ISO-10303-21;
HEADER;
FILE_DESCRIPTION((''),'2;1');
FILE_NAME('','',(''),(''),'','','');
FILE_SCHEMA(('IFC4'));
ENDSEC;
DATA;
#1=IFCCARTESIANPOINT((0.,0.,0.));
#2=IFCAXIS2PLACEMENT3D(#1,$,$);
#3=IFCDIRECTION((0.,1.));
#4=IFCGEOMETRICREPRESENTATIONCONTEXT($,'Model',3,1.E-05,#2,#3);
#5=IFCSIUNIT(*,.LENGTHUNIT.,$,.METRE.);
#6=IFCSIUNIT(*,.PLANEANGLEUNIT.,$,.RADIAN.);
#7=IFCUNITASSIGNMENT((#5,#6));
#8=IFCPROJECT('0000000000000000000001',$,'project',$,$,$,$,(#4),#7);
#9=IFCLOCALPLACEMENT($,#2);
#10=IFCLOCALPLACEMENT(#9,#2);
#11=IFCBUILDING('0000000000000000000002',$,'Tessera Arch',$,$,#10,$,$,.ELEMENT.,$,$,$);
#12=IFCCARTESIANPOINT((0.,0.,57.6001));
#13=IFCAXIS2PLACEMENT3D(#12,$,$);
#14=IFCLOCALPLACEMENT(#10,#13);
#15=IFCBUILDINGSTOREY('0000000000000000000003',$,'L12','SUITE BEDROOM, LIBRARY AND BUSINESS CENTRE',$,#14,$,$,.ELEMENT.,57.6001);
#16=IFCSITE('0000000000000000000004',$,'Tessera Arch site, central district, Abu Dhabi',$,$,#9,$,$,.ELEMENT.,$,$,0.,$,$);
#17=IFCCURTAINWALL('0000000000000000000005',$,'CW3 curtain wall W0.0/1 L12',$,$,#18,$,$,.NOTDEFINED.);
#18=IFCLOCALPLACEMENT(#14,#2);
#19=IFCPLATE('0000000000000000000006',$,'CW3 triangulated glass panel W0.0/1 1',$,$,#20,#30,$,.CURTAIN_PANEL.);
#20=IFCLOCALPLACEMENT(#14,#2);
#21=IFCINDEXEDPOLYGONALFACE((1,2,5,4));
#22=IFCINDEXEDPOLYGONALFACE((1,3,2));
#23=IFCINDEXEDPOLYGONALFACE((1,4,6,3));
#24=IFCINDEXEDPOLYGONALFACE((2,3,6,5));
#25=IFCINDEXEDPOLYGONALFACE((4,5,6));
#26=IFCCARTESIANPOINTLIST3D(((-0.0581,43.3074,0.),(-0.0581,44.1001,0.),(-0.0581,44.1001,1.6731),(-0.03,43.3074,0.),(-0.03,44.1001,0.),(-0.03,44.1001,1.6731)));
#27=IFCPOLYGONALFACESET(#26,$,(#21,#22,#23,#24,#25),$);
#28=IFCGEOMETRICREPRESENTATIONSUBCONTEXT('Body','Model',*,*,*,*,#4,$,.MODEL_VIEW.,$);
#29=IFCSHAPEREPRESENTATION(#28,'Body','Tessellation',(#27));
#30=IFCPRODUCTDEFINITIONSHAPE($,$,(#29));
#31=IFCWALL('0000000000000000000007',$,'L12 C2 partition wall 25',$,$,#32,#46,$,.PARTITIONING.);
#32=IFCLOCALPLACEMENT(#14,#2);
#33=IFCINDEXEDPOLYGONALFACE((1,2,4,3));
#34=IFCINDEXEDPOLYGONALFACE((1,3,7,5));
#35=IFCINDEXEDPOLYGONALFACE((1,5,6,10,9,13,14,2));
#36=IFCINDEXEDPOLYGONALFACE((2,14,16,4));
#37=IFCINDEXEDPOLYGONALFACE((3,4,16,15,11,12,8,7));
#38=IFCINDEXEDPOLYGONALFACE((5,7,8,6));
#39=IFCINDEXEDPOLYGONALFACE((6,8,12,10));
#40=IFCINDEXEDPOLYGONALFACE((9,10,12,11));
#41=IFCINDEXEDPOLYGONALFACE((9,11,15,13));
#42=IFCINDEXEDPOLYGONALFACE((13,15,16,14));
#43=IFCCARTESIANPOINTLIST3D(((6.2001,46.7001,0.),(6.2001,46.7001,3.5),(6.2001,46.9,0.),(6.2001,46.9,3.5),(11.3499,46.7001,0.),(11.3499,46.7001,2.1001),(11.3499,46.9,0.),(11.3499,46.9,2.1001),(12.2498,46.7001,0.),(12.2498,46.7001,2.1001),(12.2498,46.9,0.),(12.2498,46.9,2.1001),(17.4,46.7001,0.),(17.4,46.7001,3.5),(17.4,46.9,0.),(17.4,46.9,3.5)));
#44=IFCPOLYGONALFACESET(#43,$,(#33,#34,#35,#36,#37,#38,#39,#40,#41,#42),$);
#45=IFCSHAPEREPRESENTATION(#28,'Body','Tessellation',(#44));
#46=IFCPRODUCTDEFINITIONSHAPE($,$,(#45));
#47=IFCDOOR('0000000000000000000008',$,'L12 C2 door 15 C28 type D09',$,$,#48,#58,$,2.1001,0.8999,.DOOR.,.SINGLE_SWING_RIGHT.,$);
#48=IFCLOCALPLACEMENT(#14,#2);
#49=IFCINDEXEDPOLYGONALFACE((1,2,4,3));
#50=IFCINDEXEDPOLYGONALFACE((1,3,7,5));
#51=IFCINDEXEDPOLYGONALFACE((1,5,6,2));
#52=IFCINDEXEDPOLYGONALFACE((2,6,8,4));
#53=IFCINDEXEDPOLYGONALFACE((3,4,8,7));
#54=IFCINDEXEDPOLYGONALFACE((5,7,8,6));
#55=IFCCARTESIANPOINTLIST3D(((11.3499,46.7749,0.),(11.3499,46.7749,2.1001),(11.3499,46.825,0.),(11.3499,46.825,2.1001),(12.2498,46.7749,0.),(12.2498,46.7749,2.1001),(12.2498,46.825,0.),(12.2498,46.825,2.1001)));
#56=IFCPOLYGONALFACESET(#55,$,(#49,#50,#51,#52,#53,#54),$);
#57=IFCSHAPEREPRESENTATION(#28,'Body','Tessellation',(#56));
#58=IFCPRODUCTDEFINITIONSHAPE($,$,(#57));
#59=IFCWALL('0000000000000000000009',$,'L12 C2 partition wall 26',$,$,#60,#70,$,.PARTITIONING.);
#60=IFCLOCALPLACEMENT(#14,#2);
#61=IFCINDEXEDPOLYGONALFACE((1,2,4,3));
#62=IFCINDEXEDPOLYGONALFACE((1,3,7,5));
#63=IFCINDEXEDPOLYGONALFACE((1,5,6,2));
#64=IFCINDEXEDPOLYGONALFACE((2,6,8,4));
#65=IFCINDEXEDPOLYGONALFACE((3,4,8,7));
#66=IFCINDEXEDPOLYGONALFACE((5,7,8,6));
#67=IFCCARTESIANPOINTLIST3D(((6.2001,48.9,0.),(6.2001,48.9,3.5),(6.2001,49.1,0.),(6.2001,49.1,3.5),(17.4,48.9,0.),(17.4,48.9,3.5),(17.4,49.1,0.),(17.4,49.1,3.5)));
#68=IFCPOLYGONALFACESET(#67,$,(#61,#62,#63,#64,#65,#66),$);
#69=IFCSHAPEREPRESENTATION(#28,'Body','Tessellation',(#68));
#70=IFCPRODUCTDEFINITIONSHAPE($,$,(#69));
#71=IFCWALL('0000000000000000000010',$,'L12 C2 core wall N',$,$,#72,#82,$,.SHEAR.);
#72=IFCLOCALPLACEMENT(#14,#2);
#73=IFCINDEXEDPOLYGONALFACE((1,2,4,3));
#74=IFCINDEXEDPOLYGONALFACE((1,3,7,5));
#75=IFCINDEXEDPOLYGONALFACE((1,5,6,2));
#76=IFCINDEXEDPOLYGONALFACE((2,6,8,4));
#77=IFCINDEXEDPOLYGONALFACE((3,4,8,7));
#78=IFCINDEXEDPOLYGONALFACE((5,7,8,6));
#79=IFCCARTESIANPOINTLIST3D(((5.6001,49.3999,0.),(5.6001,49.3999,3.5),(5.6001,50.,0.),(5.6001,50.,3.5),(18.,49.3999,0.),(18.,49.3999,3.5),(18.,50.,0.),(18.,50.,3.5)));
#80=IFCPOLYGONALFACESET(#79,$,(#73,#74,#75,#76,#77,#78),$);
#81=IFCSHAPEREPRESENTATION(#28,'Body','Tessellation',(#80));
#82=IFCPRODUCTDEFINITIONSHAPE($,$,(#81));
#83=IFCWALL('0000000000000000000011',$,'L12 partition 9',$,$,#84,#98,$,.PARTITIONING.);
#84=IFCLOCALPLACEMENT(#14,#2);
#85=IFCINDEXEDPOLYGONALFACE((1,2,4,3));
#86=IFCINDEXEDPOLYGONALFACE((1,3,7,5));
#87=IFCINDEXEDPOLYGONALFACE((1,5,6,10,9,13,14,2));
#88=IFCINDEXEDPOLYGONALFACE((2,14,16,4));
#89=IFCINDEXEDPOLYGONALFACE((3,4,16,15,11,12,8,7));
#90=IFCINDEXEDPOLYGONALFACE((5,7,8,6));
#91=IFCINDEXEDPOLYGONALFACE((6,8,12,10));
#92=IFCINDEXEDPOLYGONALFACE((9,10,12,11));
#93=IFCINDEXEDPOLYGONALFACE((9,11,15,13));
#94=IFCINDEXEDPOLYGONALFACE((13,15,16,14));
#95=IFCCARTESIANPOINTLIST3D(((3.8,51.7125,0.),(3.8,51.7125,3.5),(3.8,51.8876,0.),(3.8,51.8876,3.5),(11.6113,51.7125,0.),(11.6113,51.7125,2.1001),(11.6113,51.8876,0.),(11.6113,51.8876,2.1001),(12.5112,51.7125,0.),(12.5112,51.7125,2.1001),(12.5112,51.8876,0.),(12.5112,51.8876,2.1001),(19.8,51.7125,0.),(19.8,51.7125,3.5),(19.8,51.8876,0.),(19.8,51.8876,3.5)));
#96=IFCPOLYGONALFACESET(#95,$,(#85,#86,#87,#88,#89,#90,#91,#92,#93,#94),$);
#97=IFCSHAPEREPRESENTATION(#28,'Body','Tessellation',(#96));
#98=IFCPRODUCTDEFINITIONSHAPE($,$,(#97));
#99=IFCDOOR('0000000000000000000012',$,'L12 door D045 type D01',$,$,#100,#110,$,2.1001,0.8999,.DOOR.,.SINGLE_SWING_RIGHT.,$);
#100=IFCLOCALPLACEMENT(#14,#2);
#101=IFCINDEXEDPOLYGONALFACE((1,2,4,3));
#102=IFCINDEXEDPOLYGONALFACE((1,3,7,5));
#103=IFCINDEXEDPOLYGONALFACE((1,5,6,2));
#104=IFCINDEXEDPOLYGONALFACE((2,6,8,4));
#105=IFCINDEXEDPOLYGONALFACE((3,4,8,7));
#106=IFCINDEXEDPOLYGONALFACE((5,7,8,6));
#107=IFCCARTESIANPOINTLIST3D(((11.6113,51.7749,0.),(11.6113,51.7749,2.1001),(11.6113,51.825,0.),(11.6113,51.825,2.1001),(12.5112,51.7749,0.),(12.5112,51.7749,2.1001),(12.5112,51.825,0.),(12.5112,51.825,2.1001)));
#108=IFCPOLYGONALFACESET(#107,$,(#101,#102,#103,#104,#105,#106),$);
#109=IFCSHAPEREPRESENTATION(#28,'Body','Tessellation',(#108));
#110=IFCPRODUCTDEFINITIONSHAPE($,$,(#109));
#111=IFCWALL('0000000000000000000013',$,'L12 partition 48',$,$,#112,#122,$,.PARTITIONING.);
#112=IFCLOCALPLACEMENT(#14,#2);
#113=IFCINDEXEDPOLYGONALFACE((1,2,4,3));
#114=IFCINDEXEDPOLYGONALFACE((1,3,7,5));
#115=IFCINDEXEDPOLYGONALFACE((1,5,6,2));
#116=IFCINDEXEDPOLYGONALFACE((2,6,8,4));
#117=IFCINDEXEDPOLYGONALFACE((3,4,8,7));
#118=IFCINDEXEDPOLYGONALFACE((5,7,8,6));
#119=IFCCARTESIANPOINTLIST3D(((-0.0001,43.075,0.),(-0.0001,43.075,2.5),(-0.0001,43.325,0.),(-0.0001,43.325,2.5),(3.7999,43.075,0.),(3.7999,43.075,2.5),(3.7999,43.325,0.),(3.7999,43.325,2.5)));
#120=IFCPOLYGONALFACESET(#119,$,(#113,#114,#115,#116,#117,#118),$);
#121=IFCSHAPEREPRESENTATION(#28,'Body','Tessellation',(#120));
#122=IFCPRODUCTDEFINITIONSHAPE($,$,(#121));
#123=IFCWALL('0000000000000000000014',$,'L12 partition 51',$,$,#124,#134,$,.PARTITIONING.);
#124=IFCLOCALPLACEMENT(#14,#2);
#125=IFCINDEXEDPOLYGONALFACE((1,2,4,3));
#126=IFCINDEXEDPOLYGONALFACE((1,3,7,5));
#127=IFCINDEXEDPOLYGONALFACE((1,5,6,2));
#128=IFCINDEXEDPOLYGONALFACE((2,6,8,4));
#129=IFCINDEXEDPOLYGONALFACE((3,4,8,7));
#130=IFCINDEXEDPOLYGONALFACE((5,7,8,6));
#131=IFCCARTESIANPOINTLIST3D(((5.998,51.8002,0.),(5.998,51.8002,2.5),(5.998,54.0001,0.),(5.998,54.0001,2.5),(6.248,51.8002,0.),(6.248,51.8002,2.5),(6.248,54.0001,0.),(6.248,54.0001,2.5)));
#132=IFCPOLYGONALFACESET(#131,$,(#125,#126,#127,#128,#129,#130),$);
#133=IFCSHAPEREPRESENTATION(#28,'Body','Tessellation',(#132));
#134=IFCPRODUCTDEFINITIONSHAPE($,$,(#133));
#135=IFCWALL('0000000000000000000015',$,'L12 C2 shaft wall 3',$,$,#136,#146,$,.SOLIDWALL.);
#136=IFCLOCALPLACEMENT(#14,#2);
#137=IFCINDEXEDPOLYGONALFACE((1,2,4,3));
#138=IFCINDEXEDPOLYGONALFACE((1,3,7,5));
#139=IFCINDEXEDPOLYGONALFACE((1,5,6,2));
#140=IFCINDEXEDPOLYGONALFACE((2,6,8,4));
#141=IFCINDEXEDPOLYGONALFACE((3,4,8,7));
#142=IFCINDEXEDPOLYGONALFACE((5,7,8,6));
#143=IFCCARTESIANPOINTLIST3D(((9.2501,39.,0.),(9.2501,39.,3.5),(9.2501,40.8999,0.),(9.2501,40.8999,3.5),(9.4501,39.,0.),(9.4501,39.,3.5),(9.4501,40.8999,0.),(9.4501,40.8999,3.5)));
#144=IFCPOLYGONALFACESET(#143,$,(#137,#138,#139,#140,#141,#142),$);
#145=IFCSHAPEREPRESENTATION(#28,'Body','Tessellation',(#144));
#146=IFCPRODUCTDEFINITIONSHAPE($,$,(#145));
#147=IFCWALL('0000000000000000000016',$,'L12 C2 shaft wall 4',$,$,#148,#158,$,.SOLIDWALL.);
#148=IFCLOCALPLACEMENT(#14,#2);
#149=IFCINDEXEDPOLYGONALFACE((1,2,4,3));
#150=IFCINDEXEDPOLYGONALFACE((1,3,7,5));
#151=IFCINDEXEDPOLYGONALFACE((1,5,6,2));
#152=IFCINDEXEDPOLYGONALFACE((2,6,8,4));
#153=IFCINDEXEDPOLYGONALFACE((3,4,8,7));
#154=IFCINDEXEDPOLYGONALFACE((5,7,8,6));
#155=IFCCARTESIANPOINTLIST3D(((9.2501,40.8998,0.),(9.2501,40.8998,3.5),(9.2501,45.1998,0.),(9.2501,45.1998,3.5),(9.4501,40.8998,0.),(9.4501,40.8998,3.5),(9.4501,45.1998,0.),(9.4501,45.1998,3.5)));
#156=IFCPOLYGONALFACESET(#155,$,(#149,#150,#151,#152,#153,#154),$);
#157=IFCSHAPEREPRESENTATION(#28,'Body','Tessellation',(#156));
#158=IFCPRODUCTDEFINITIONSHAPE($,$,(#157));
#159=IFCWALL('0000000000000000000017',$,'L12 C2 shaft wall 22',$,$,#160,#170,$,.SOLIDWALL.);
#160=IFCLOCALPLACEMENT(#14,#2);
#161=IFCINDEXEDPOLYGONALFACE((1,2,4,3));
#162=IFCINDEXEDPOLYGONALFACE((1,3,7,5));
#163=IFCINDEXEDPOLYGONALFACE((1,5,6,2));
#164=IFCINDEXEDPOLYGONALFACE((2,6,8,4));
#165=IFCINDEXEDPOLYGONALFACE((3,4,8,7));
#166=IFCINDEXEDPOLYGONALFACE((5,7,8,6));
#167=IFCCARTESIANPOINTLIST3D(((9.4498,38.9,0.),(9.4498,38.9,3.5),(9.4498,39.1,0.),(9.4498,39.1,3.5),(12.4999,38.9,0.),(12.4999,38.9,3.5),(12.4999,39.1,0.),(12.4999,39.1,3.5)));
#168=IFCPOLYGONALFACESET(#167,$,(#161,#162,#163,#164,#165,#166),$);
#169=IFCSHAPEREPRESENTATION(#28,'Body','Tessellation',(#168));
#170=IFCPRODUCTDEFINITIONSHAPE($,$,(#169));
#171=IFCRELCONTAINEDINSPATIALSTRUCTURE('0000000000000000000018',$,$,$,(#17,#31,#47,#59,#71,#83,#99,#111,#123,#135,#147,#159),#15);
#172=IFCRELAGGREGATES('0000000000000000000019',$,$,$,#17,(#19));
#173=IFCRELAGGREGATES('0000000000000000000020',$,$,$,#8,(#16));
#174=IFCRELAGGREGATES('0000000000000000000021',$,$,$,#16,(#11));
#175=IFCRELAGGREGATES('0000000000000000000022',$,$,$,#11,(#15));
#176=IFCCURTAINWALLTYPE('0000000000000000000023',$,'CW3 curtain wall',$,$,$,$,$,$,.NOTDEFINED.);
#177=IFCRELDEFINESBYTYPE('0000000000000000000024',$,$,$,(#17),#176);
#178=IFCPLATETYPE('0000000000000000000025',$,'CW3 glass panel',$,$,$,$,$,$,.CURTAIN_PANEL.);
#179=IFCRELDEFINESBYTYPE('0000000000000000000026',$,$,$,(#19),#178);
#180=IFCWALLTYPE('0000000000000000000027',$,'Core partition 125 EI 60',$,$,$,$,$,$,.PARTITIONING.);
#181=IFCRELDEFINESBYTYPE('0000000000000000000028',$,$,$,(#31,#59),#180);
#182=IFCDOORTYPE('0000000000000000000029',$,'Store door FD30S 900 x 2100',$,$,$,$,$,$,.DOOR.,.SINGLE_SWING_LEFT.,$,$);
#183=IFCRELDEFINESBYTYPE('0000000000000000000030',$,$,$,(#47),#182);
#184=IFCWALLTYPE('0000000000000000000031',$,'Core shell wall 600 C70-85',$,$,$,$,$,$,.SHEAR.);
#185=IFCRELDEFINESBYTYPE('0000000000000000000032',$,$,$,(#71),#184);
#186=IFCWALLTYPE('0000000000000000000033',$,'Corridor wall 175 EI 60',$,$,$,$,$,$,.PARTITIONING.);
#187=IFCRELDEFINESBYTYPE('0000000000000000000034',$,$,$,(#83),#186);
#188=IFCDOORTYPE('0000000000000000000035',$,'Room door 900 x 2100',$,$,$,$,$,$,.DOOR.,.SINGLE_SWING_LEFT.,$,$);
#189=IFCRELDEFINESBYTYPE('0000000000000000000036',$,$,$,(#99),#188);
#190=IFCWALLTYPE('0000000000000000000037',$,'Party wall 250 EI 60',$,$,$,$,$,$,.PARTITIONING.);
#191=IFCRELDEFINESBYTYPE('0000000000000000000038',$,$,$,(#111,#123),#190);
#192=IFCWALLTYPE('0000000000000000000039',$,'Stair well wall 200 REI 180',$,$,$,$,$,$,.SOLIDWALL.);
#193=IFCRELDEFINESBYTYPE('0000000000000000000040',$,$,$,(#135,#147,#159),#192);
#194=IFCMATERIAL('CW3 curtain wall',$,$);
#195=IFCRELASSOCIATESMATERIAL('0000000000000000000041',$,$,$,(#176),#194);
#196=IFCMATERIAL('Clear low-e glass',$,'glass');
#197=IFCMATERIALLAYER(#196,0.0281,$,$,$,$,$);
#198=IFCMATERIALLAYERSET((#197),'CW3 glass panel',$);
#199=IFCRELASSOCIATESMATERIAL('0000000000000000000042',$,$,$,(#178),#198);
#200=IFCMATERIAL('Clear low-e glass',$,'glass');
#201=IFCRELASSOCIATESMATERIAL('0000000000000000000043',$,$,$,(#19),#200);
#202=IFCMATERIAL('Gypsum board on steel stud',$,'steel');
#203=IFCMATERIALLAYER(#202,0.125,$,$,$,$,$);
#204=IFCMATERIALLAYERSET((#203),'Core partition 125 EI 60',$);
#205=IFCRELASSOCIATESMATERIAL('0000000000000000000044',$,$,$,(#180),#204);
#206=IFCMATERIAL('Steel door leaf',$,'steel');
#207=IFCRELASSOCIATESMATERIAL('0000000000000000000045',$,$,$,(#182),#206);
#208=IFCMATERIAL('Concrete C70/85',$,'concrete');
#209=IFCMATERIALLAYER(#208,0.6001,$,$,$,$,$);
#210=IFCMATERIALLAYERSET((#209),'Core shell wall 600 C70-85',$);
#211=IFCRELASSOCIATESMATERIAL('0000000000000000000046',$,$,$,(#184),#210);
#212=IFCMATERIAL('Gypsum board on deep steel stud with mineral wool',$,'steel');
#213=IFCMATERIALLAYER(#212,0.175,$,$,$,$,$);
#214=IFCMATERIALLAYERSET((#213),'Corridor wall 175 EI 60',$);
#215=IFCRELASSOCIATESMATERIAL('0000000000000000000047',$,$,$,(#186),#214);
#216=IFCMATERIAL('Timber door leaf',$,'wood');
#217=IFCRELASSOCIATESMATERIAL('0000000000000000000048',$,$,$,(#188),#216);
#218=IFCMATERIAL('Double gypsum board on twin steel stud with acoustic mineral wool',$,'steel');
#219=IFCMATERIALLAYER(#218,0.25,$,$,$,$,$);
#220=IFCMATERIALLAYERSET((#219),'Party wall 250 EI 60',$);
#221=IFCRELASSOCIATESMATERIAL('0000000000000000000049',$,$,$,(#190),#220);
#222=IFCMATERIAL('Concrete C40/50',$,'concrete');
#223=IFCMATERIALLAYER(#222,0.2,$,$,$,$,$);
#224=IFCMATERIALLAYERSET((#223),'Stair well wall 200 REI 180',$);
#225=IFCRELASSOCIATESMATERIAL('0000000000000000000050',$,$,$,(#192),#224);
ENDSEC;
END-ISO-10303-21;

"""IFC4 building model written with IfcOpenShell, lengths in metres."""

from ifc_helpers import new_model, si_unit, direction, frame, frame_2d, origin, place, context, subcontext, project, spatial, polyline, rectangle, outline, extrude, material, layer, layer_set, type_object, element, fill, aggregate, save


model = new_model("IFC4")

# Units and contexts
model_context = context("Model", 3, precision=1e-05, world=origin(), true_north=direction((0.0, 1.0)))
body_context = subcontext(model_context, "Body", "Model", "MODEL_VIEW")
ifc_project = project(units=[si_unit("LENGTHUNIT", "METRE"), si_unit("PLANEANGLEUNIT", "RADIAN")], contexts=[model_context])

# Site, building, storey
site_placement = place(None, origin())
site = spatial("IfcSite", under=ifc_project, at=site_placement, Name="Tessera Arch site, central district, Abu Dhabi", CompositionType="ELEMENT", RefElevation=0.0)
building_placement = place(site_placement, origin())
building = spatial("IfcBuilding", under=site, at=building_placement, Name="Tessera Arch", CompositionType="ELEMENT")
storey_placement = place(building_placement, frame((0.0, 0.0, 57.6001)))
storey = spatial("IfcBuildingStorey", under=building, at=storey_placement, Name="L12", Description="SUITE BEDROOM, LIBRARY AND BUSINESS CENTRE", CompositionType="ELEMENT", Elevation=57.6001)

# Curtain wall
ifc_material_1 = material(Name="CW3 curtain wall")
curtain_wall_type_1 = type_object("IfcCurtainWallType", Name="CW3 curtain wall", PredefinedType="NOTDEFINED", material=ifc_material_1)
curtain_wall_1_placement = place(storey_placement, origin())
curtain_wall_1 = element("IfcCurtainWall", 1, at=curtain_wall_1_placement, inside=storey, type_object=curtain_wall_type_1, Name="CW3 curtain wall W0.0/1 L12", PredefinedType="NOTDEFINED")

# Plate
ifc_material_2 = material(Name="Clear low-e glass", Category="glass")
ifc_material_3 = material(Name="Clear low-e glass", Category="glass")
ifc_layer_1 = layer(ifc_material_3, 0.0281)
ifc_layer_set_1 = layer_set([ifc_layer_1], Name="CW3 glass panel")
plate_type_1 = type_object("IfcPlateType", Name="CW3 glass panel", PredefinedType="CURTAIN_PANEL", material=ifc_layer_set_1)
plate_1_placement = place(storey_placement, frame((-0.0581, 44.1001, 0.0), z_axis=(-1.0, 0.0, 0.0), x_axis=(0.0, -1.0, 0.0)))
plate_1 = element("IfcPlate", 2, at=plate_1_placement, type_object=plate_type_1, material=ifc_material_2, Name="CW3 triangulated glass panel W0.0/1 1", PredefinedType="CURTAIN_PANEL", context=body_context, shape_type="SweptSolid", body=[
    extrude(outline(polyline([(0.0, 0.0), (0.7927, 0.0), (0.0, 1.6731), (0.0, 0.0)])), origin(), (0.0, 0.0, -1.0), 0.0281),
])
aggregate(curtain_wall_1, [plate_1])

# Wall, opening, door
ifc_material_4 = material(Name="Gypsum board on steel stud", Category="steel")
ifc_layer_2 = layer(ifc_material_4, 0.125)
ifc_layer_set_2 = layer_set([ifc_layer_2], Name="Core partition 125 EI 60")
wall_type_1 = type_object("IfcWallType", Name="Core partition 125 EI 60", PredefinedType="PARTITIONING", material=ifc_layer_set_2)
wall_1_placement = place(storey_placement, frame((6.2, 46.8, 0.0), z_axis=(0.0, 0.0, 1.0), x_axis=(1.0, 0.0, 0.0)))
wall_1 = element("IfcWall", 3, at=wall_1_placement, inside=storey, type_object=wall_type_1, Name="L12 C2 partition wall 25", PredefinedType="PARTITIONING", context=body_context, shape_type="SweptSolid", body=[
    extrude(rectangle(XDim=11.2, YDim=0.2, at=frame_2d((5.6001, 0.0))), origin(), (0.0, 0.0, 1.0), 3.5),
])
opening_1_placement = place(wall_1_placement, frame((5.1499, 0.0, 0.0)))
opening_1 = element("IfcOpeningElement", 4, at=opening_1_placement, cuts=wall_1, PredefinedType="OPENING", context=body_context, shape_type="SweptSolid", body=[
    extrude(rectangle(XDim=0.8999, YDim=2.1001, at=frame_2d((0.45, 1.05))), frame((0.0, 0.1099, 0.0), z_axis=(0.0, -1.0, 0.0), x_axis=(1.0, 0.0, 0.0)), (0.0, 0.0, 1.0), 0.22),
])
ifc_material_5 = material(Name="Steel door leaf", Category="steel")
door_type_1 = type_object("IfcDoorType", Name="Store door FD30S 900 x 2100", OperationType="SINGLE_SWING_LEFT", PredefinedType="DOOR", material=ifc_material_5)
door_1_placement = place(opening_1_placement, origin())
door_1 = element("IfcDoor", 5, at=door_1_placement, inside=storey, type_object=door_type_1, Name="L12 C2 door 15 C28 type D09", OperationType="SINGLE_SWING_RIGHT", OverallHeight=2.1001, OverallWidth=0.8999, PredefinedType="DOOR", context=body_context, shape_type="SweptSolid", body=[
    extrude(rectangle(XDim=0.8999, YDim=2.1001, at=frame_2d((0.45, 1.05))), frame((0.0, 0.0249, 0.0), z_axis=(0.0, -1.0, 0.0), x_axis=(1.0, 0.0, 0.0)), (0.0, 0.0, 1.0), 0.05),
])
fill(opening_1, door_1)

# Walls
wall_2_placement = place(storey_placement, frame((6.2, 49.0, 0.0), z_axis=(0.0, 0.0, 1.0), x_axis=(1.0, 0.0, 0.0)))
element("IfcWall", 6, at=wall_2_placement, inside=storey, type_object=wall_type_1, Name="L12 C2 partition wall 26", PredefinedType="PARTITIONING", context=body_context, shape_type="SweptSolid", body=[
    extrude(rectangle(XDim=11.2, YDim=0.2, at=frame_2d((5.6001, 0.0))), origin(), (0.0, 0.0, 1.0), 3.5),
])
ifc_material_6 = material(Name="Concrete C70/85", Category="concrete")
ifc_layer_3 = layer(ifc_material_6, 0.6001)
ifc_layer_set_3 = layer_set([ifc_layer_3], Name="Core shell wall 600 C70-85")
wall_type_2 = type_object("IfcWallType", Name="Core shell wall 600 C70-85", PredefinedType="SHEAR", material=ifc_layer_set_3)
wall_3_placement = place(storey_placement, frame((5.6001, 49.7, 0.0), z_axis=(0.0, 0.0, 1.0), x_axis=(1.0, 0.0, 0.0)))
element("IfcWall", 7, at=wall_3_placement, inside=storey, type_object=wall_type_2, Name="L12 C2 core wall N", PredefinedType="SHEAR", context=body_context, shape_type="SweptSolid", body=[
    extrude(rectangle(XDim=12.3999, YDim=0.6001, at=frame_2d((6.2, 0.0))), origin(), (0.0, 0.0, 1.0), 3.5),
])

# Wall, opening, door
ifc_material_7 = material(Name="Gypsum board on deep steel stud with mineral wool", Category="steel")
ifc_layer_4 = layer(ifc_material_7, 0.175)
ifc_layer_set_4 = layer_set([ifc_layer_4], Name="Corridor wall 175 EI 60")
wall_type_3 = type_object("IfcWallType", Name="Corridor wall 175 EI 60", PredefinedType="PARTITIONING", material=ifc_layer_set_4)
wall_4_placement = place(storey_placement, frame((3.8, 51.8, 0.0), z_axis=(0.0, 0.0, 1.0), x_axis=(1.0, 0.0, 0.0)))
wall_4 = element("IfcWall", 8, at=wall_4_placement, inside=storey, type_object=wall_type_3, Name="L12 partition 9", PredefinedType="PARTITIONING", context=body_context, shape_type="SweptSolid", body=[
    extrude(rectangle(XDim=16.0, YDim=0.175, at=frame_2d((8.0, 0.0))), origin(), (0.0, 0.0, 1.0), 3.5),
])
opening_2_placement = place(wall_4_placement, frame((7.8113, 0.0, 0.0)))
opening_2 = element("IfcOpeningElement", 9, at=opening_2_placement, cuts=wall_4, PredefinedType="OPENING", context=body_context, shape_type="SweptSolid", body=[
    extrude(rectangle(XDim=0.8999, YDim=2.1001, at=frame_2d((0.45, 1.05))), frame((0.0, 0.0974, 0.0), z_axis=(0.0, -1.0, 0.0), x_axis=(1.0, 0.0, 0.0)), (0.0, 0.0, 1.0), 0.1951),
])
ifc_material_8 = material(Name="Timber door leaf", Category="wood")
door_type_2 = type_object("IfcDoorType", Name="Room door 900 x 2100", OperationType="SINGLE_SWING_LEFT", PredefinedType="DOOR", material=ifc_material_8)
door_2_placement = place(opening_2_placement, origin())
door_2 = element("IfcDoor", 10, at=door_2_placement, inside=storey, type_object=door_type_2, Name="L12 door D045 type D01", OperationType="SINGLE_SWING_RIGHT", OverallHeight=2.1001, OverallWidth=0.8999, PredefinedType="DOOR", context=body_context, shape_type="SweptSolid", body=[
    extrude(rectangle(XDim=0.8999, YDim=2.1001, at=frame_2d((0.45, 1.05))), frame((0.0, 0.0249, 0.0), z_axis=(0.0, -1.0, 0.0), x_axis=(1.0, 0.0, 0.0)), (0.0, 0.0, 1.0), 0.05),
])
fill(opening_2, door_2)

# Walls
ifc_material_9 = material(Name="Double gypsum board on twin steel stud with acoustic mineral wool", Category="steel")
ifc_layer_5 = layer(ifc_material_9, 0.25)
ifc_layer_set_5 = layer_set([ifc_layer_5], Name="Party wall 250 EI 60")
wall_type_4 = type_object("IfcWallType", Name="Party wall 250 EI 60", PredefinedType="PARTITIONING", material=ifc_layer_set_5)
wall_5_placement = place(storey_placement, frame((0.0, 43.2, 0.0), z_axis=(0.0, 0.0, 1.0), x_axis=(1.0, 0.0, 0.0)))
element("IfcWall", 11, at=wall_5_placement, inside=storey, type_object=wall_type_4, Name="L12 partition 48", PredefinedType="PARTITIONING", context=body_context, shape_type="SweptSolid", body=[
    extrude(rectangle(XDim=3.8, YDim=0.25, at=frame_2d((1.8999, 0.0))), origin(), (0.0, 0.0, 1.0), 2.5),
])
wall_6_placement = place(storey_placement, frame((6.123, 51.8, 0.0), z_axis=(0.0, 0.0, 1.0), x_axis=(0.0, 1.0, 0.0)))
element("IfcWall", 12, at=wall_6_placement, inside=storey, type_object=wall_type_4, Name="L12 partition 51", PredefinedType="PARTITIONING", context=body_context, shape_type="SweptSolid", body=[
    extrude(rectangle(XDim=2.2, YDim=0.25, at=frame_2d((1.1001, 0.0))), origin(), (0.0, 0.0, 1.0), 2.5),
])
ifc_material_10 = material(Name="Concrete C40/50", Category="concrete")
ifc_layer_6 = layer(ifc_material_10, 0.2)
ifc_layer_set_6 = layer_set([ifc_layer_6], Name="Stair well wall 200 REI 180")
wall_type_5 = type_object("IfcWallType", Name="Stair well wall 200 REI 180", PredefinedType="SOLIDWALL", material=ifc_layer_set_6)
wall_7_placement = place(storey_placement, frame((9.3501, 39.0, 0.0), z_axis=(0.0, 0.0, 1.0), x_axis=(0.0, 1.0, 0.0)))
element("IfcWall", 13, at=wall_7_placement, inside=storey, type_object=wall_type_5, Name="L12 C2 shaft wall 3", PredefinedType="SOLIDWALL", context=body_context, shape_type="SweptSolid", body=[
    extrude(rectangle(XDim=1.8999, YDim=0.2, at=frame_2d((0.95, 0.0))), origin(), (0.0, 0.0, 1.0), 3.5),
])
wall_8_placement = place(storey_placement, frame((9.3501, 40.8999, 0.0), z_axis=(0.0, 0.0, 1.0), x_axis=(0.0, 1.0, 0.0)))
element("IfcWall", 14, at=wall_8_placement, inside=storey, type_object=wall_type_5, Name="L12 C2 shaft wall 4", PredefinedType="SOLIDWALL", context=body_context, shape_type="SweptSolid", body=[
    extrude(rectangle(XDim=4.3, YDim=0.2, at=frame_2d((2.1499, 0.0))), origin(), (0.0, 0.0, 1.0), 3.5),
])
wall_9_placement = place(storey_placement, frame((9.45, 39.0, 0.0), z_axis=(0.0, 0.0, 1.0), x_axis=(1.0, 0.0, 0.0)))
element("IfcWall", 15, at=wall_9_placement, inside=storey, type_object=wall_type_5, Name="L12 C2 shaft wall 22", PredefinedType="SOLIDWALL", context=body_context, shape_type="SweptSolid", body=[
    extrude(rectangle(XDim=3.05, YDim=0.2, at=frame_2d((1.5249, 0.0))), origin(), (0.0, 0.0, 1.0), 3.5),
])

save(model, "model.ifc")
